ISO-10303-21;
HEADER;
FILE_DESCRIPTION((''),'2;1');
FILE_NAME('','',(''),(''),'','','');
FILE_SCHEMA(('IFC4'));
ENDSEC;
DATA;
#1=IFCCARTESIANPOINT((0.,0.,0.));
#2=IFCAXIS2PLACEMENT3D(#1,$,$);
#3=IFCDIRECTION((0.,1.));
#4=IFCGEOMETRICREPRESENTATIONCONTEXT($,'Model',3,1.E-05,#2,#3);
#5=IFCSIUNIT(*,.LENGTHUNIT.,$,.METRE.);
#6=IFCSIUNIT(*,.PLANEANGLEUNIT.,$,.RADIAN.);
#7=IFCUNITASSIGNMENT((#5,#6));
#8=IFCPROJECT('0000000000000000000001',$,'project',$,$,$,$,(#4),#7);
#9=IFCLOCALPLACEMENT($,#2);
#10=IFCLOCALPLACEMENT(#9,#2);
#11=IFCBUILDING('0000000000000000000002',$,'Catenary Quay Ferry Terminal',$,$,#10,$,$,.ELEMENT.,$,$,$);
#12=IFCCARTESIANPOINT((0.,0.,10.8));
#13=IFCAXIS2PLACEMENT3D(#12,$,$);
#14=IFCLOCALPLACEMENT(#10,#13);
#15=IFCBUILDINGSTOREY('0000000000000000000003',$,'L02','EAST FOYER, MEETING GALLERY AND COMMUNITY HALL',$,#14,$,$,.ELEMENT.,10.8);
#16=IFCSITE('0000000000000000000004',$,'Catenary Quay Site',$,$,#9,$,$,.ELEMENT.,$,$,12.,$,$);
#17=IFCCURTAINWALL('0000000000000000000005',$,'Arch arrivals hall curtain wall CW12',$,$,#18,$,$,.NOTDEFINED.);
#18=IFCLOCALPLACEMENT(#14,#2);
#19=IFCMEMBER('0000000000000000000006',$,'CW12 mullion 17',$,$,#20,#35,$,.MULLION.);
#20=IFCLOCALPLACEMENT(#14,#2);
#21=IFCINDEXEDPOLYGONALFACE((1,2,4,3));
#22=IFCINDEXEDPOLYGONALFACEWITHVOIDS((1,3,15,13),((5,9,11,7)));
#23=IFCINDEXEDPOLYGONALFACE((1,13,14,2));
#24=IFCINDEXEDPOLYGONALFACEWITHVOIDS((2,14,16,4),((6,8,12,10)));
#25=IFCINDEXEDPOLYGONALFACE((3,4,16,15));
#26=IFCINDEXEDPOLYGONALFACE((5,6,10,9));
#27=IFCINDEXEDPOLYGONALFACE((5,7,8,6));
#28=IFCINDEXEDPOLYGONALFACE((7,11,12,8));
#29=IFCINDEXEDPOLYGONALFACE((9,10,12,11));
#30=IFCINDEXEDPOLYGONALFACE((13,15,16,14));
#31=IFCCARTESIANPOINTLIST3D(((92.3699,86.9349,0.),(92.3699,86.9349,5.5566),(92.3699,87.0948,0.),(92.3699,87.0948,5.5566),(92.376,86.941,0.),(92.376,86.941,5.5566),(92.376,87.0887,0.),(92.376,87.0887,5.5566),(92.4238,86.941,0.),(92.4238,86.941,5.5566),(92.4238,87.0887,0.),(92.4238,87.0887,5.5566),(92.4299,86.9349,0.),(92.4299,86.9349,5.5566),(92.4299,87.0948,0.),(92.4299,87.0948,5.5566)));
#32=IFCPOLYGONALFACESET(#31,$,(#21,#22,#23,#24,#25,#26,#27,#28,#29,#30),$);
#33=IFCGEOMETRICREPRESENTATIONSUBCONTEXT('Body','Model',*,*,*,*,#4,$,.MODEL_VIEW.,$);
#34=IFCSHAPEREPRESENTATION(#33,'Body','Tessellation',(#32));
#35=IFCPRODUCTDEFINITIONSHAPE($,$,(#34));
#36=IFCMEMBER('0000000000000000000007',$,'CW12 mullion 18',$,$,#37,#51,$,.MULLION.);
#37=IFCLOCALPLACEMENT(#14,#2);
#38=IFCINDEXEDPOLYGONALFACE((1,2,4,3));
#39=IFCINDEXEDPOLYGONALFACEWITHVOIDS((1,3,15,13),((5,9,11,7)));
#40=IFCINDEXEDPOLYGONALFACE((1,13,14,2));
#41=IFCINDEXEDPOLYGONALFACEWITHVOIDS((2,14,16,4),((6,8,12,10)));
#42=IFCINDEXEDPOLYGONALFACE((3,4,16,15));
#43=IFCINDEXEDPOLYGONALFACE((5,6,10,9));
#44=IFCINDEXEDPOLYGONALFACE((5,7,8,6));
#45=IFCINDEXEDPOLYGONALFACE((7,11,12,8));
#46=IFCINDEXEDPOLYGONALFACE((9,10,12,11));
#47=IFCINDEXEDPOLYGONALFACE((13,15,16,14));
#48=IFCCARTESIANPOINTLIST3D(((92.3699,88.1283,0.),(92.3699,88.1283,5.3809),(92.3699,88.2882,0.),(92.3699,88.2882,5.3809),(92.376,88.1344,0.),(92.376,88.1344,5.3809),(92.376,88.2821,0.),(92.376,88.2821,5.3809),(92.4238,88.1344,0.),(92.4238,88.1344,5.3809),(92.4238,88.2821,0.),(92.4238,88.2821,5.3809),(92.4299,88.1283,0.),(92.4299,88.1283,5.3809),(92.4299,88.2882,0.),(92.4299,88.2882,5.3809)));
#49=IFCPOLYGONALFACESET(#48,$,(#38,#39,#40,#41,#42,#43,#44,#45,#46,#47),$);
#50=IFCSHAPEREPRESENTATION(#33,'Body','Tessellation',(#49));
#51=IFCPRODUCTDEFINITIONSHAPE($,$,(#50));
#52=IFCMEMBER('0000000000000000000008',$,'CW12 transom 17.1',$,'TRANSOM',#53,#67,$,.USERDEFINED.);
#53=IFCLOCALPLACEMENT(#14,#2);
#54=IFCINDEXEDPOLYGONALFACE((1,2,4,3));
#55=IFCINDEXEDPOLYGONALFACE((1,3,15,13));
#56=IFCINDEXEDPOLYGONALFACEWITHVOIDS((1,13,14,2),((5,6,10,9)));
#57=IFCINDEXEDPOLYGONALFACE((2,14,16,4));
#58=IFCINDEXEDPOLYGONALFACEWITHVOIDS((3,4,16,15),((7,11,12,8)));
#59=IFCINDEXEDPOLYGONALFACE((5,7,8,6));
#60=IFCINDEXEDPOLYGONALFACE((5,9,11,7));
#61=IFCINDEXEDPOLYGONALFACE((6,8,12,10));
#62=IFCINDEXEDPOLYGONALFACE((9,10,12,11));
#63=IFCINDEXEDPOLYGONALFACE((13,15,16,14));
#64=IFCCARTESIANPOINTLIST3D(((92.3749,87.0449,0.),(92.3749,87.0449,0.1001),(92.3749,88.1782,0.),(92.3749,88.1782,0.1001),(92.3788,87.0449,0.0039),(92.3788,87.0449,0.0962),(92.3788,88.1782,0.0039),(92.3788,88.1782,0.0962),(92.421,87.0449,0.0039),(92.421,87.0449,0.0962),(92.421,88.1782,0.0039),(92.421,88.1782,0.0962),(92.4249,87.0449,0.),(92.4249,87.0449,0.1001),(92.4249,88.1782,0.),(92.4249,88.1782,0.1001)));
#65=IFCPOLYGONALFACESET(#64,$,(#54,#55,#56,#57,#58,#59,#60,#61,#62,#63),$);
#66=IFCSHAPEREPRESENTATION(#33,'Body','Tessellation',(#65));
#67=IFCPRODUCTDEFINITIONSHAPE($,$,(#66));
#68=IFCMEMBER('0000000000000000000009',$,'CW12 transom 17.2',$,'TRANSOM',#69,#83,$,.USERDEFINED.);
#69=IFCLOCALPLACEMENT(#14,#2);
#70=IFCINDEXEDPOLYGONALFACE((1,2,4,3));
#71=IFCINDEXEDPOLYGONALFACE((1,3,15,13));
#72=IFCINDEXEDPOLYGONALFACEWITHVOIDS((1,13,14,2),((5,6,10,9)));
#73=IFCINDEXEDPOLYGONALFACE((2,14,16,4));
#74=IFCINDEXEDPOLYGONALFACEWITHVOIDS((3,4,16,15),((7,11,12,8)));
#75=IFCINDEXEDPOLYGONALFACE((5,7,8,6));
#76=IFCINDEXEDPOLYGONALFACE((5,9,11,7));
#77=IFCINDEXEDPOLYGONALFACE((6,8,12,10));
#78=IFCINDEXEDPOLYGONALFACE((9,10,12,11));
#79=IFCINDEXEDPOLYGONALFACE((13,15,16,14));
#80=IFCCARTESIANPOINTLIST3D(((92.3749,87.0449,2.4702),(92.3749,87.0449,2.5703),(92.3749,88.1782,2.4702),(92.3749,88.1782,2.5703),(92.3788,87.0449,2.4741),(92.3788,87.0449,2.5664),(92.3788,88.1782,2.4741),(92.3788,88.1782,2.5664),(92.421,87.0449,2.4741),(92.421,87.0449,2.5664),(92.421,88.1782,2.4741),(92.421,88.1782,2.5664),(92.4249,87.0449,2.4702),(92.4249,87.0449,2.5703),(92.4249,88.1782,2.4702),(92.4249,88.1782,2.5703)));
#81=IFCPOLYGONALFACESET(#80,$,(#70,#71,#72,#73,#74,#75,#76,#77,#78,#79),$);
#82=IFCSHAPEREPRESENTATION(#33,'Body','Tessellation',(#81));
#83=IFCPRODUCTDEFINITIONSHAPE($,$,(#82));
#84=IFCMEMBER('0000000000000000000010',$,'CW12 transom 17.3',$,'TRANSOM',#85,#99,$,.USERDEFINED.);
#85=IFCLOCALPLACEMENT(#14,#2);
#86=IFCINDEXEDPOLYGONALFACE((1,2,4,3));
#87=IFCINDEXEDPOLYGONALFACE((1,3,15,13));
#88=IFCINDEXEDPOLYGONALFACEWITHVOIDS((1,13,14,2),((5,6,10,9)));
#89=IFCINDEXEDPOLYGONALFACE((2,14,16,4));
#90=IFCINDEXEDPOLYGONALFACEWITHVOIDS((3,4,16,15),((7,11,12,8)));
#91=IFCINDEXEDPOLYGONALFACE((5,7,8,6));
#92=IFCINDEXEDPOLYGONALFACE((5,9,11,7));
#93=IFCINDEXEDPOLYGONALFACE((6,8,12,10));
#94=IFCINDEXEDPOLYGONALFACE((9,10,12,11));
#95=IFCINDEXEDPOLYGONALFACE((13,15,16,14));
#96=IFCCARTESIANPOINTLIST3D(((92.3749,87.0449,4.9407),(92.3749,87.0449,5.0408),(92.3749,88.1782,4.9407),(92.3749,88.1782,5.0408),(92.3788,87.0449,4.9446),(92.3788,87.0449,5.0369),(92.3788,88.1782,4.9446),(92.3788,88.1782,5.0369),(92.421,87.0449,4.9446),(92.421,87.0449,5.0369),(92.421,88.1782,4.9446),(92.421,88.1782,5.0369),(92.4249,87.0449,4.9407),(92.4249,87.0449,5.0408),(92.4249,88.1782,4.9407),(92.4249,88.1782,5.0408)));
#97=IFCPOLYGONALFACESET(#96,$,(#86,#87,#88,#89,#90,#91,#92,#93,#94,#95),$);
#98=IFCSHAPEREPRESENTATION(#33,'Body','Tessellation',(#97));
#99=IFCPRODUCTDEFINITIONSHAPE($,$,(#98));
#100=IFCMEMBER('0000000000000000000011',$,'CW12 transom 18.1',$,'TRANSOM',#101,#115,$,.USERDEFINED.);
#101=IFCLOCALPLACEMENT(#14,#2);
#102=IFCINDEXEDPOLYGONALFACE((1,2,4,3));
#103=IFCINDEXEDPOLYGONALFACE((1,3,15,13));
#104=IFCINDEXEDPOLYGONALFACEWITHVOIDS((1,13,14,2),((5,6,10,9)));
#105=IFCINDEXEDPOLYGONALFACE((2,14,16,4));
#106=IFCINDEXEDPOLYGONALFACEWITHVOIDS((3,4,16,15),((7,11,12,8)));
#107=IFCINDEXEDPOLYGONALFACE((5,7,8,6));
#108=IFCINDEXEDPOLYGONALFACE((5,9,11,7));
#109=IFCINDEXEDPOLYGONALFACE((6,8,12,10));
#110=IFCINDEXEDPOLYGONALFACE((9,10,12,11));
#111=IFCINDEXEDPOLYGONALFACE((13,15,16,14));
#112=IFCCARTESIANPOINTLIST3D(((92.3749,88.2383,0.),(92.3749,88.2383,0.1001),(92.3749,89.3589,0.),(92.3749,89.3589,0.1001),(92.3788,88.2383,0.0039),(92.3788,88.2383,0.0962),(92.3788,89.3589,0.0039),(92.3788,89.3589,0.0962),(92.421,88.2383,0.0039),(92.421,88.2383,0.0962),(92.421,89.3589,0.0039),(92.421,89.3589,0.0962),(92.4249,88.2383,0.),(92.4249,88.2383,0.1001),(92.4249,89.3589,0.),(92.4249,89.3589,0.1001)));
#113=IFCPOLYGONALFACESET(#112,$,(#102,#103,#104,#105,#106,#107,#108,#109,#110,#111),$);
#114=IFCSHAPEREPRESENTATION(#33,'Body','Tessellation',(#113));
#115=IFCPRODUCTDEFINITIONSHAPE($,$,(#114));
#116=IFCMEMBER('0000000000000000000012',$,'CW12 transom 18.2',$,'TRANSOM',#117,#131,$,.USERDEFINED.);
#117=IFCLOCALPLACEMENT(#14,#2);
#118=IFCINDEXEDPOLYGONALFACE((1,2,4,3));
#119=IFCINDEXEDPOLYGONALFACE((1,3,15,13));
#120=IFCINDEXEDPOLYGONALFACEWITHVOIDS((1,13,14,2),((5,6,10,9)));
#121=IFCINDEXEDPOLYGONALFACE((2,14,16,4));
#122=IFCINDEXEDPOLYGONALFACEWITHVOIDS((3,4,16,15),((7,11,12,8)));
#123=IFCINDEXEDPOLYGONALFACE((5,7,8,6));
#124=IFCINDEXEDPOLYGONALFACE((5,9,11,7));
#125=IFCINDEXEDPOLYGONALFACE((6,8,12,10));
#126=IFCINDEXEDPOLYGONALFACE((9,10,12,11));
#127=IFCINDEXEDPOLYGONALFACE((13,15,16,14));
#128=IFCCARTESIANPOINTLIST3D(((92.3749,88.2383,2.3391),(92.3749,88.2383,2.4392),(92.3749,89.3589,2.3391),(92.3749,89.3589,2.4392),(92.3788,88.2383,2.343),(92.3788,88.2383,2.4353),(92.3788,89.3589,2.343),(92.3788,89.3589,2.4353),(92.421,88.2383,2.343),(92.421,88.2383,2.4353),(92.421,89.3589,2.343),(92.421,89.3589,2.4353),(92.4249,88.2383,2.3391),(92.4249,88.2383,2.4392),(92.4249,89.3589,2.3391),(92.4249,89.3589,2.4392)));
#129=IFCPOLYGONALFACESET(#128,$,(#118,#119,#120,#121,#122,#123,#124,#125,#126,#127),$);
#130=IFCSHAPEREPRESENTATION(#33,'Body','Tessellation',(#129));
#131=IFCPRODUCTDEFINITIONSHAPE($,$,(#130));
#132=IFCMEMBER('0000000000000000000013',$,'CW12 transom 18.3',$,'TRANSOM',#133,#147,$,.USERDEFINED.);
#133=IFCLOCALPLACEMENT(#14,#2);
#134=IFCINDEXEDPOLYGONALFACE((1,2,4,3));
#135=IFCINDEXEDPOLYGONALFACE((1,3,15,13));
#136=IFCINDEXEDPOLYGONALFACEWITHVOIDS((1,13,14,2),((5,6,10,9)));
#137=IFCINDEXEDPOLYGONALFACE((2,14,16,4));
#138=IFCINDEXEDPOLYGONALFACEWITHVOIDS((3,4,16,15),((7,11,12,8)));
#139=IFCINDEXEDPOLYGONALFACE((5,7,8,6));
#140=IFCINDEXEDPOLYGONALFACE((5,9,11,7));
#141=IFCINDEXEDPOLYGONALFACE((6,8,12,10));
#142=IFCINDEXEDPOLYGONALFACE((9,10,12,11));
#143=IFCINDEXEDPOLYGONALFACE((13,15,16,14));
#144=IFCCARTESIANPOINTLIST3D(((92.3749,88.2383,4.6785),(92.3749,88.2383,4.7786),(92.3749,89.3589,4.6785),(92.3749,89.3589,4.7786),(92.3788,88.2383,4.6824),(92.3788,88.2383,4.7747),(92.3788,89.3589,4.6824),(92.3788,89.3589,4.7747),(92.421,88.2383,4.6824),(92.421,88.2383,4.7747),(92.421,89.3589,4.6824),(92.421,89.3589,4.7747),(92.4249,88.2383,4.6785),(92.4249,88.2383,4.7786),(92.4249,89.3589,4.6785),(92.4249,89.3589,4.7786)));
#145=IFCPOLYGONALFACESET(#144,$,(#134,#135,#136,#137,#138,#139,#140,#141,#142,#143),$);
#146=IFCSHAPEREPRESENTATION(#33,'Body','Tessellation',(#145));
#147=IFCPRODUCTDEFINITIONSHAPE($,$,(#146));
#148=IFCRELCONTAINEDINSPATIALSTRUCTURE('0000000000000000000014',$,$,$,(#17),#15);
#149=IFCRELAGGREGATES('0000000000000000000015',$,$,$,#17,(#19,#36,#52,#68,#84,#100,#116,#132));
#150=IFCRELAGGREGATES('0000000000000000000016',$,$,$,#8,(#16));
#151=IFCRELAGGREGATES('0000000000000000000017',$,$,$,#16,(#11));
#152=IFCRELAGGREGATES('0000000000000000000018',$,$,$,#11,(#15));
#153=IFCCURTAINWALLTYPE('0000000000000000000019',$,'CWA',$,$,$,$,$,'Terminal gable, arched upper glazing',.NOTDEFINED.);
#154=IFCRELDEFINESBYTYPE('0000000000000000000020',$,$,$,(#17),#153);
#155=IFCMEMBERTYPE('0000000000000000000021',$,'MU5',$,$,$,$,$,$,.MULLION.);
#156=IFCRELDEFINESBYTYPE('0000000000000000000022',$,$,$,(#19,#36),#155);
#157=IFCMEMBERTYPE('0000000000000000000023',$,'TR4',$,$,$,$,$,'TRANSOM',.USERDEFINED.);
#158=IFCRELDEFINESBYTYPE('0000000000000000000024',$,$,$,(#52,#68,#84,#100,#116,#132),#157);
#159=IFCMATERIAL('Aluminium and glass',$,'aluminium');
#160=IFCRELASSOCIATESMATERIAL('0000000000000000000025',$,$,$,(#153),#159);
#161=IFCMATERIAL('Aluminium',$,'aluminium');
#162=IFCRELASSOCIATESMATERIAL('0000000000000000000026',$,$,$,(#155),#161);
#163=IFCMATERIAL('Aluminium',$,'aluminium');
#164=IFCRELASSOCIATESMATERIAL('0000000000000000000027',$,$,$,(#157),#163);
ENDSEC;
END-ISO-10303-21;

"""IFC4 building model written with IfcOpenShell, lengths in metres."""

from ifc_helpers import new_model, si_unit, direction, frame, origin, origin_2d, place, context, subcontext, project, spatial, hollow_rectangle, extrude, material, material_profile, profile_set, type_object, element, aggregate, save


model = new_model("IFC4")

# Units and contexts
model_context = context("Model", 3, precision=1e-05, world=origin(), true_north=direction((0.0, 1.0)))
body_context = subcontext(model_context, "Body", "Model", "MODEL_VIEW")
ifc_project = project(units=[si_unit("LENGTHUNIT", "METRE"), si_unit("PLANEANGLEUNIT", "RADIAN")], contexts=[model_context])

# Site, building, storey
site_placement = place(None, origin())
site = spatial("IfcSite", under=ifc_project, at=site_placement, Name="Catenary Quay Site", CompositionType="ELEMENT", RefElevation=12.0)
building_placement = place(site_placement, origin())
building = spatial("IfcBuilding", under=site, at=building_placement, Name="Catenary Quay Ferry Terminal", CompositionType="ELEMENT")
storey_placement = place(building_placement, frame((0.0, 0.0, 10.8)))
storey = spatial("IfcBuildingStorey", under=building, at=storey_placement, Name="L02", Description="EAST FOYER, MEETING GALLERY AND COMMUNITY HALL", CompositionType="ELEMENT", Elevation=10.8)

# Curtain wall, members
ifc_material_1 = material(Name="Aluminium and glass", Category="aluminium")
curtain_wall_type = type_object("IfcCurtainWallType", Name="CWA", ElementType="Terminal gable, arched upper glazing", PredefinedType="NOTDEFINED", material=ifc_material_1)
curtain_wall_placement = place(storey_placement, origin())
curtain_wall = element("IfcCurtainWall", 1, at=curtain_wall_placement, inside=storey, type_object=curtain_wall_type, Name="Arch arrivals hall curtain wall CW12", PredefinedType="NOTDEFINED")
ifc_material_2 = material(Name="Aluminium", Category="aluminium")
ifc_material_profile_1 = material_profile(ifc_material_2, hollow_rectangle(XDim=0.0601, YDim=0.1599, WallThickness=0.0061, at=origin_2d()), Name="MU5")
ifc_profile_set_1 = profile_set([ifc_material_profile_1], Name="Aluminium")
member_type_1 = type_object("IfcMemberType", Name="MU5", PredefinedType="MULLION", material=ifc_profile_set_1)
member_1_placement = place(storey_placement, frame((92.3999, 87.0149, 0.0), z_axis=(0.0, 0.0, 1.0), x_axis=(-1.0, 0.0, 0.0)))
member_1 = element("IfcMember", 2, at=member_1_placement, type_object=member_type_1, Name="CW12 mullion 17", PredefinedType="MULLION", context=body_context, shape_type="SweptSolid", body=[
    extrude(hollow_rectangle(XDim=0.0601, YDim=0.1599, WallThickness=0.0061, at=origin_2d()), origin(), (0.0, 0.0, 1.0), 5.5566),
])
member_2_placement = place(storey_placement, frame((92.3999, 88.2083, 0.0), z_axis=(0.0, 0.0, 1.0), x_axis=(-1.0, 0.0, 0.0)))
member_2 = element("IfcMember", 3, at=member_2_placement, type_object=member_type_1, Name="CW12 mullion 18", PredefinedType="MULLION", context=body_context, shape_type="SweptSolid", body=[
    extrude(hollow_rectangle(XDim=0.0601, YDim=0.1599, WallThickness=0.0061, at=origin_2d()), origin(), (0.0, 0.0, 1.0), 5.3809),
])
ifc_material_3 = material(Name="Aluminium", Category="aluminium")
ifc_material_profile_2 = material_profile(ifc_material_3, hollow_rectangle(XDim=0.05, YDim=0.1001, WallThickness=0.0039, at=origin_2d()), Name="TR4")
ifc_profile_set_2 = profile_set([ifc_material_profile_2], Name="Aluminium")
member_type_2 = type_object("IfcMemberType", Name="TR4", ElementType="TRANSOM", PredefinedType="USERDEFINED", material=ifc_profile_set_2)
member_3_placement = place(storey_placement, frame((92.3999, 87.0449, 0.05), z_axis=(0.0, 1.0, 0.0), x_axis=(-1.0, 0.0, 0.0)))
member_3 = element("IfcMember", 4, at=member_3_placement, type_object=member_type_2, Name="CW12 transom 17.1", ObjectType="TRANSOM", PredefinedType="USERDEFINED", context=body_context, shape_type="SweptSolid", body=[
    extrude(hollow_rectangle(XDim=0.05, YDim=0.1001, WallThickness=0.0039, at=origin_2d()), origin(), (0.0, 0.0, 1.0), 1.1333),
])
member_4_placement = place(storey_placement, frame((92.3999, 87.0449, 2.5203), z_axis=(0.0, 1.0, 0.0), x_axis=(-1.0, 0.0, 0.0)))
member_4 = element("IfcMember", 5, at=member_4_placement, type_object=member_type_2, Name="CW12 transom 17.2", ObjectType="TRANSOM", PredefinedType="USERDEFINED", context=body_context, shape_type="SweptSolid", body=[
    extrude(hollow_rectangle(XDim=0.05, YDim=0.1001, WallThickness=0.0039, at=origin_2d()), origin(), (0.0, 0.0, 1.0), 1.1333),
])
member_5_placement = place(storey_placement, frame((92.3999, 87.0449, 4.9907), z_axis=(0.0, 1.0, 0.0), x_axis=(-1.0, 0.0, 0.0)))
member_5 = element("IfcMember", 6, at=member_5_placement, type_object=member_type_2, Name="CW12 transom 17.3", ObjectType="TRANSOM", PredefinedType="USERDEFINED", context=body_context, shape_type="SweptSolid", body=[
    extrude(hollow_rectangle(XDim=0.05, YDim=0.1001, WallThickness=0.0039, at=origin_2d()), origin(), (0.0, 0.0, 1.0), 1.1333),
])
member_6_placement = place(storey_placement, frame((92.3999, 88.2383, 0.05), z_axis=(0.0, 1.0, 0.0), x_axis=(-1.0, 0.0, 0.0)))
member_6 = element("IfcMember", 7, at=member_6_placement, type_object=member_type_2, Name="CW12 transom 18.1", ObjectType="TRANSOM", PredefinedType="USERDEFINED", context=body_context, shape_type="SweptSolid", body=[
    extrude(hollow_rectangle(XDim=0.05, YDim=0.1001, WallThickness=0.0039, at=origin_2d()), origin(), (0.0, 0.0, 1.0), 1.1206),
])
member_7_placement = place(storey_placement, frame((92.3999, 88.2383, 2.3892), z_axis=(0.0, 1.0, 0.0), x_axis=(-1.0, 0.0, 0.0)))
member_7 = element("IfcMember", 8, at=member_7_placement, type_object=member_type_2, Name="CW12 transom 18.2", ObjectType="TRANSOM", PredefinedType="USERDEFINED", context=body_context, shape_type="SweptSolid", body=[
    extrude(hollow_rectangle(XDim=0.05, YDim=0.1001, WallThickness=0.0039, at=origin_2d()), origin(), (0.0, 0.0, 1.0), 1.1206),
])
member_8_placement = place(storey_placement, frame((92.3999, 88.2383, 4.7285), z_axis=(0.0, 1.0, 0.0), x_axis=(-1.0, 0.0, 0.0)))
member_8 = element("IfcMember", 9, at=member_8_placement, type_object=member_type_2, Name="CW12 transom 18.3", ObjectType="TRANSOM", PredefinedType="USERDEFINED", context=body_context, shape_type="SweptSolid", body=[
    extrude(hollow_rectangle(XDim=0.05, YDim=0.1001, WallThickness=0.0039, at=origin_2d()), origin(), (0.0, 0.0, 1.0), 1.1206),
])

aggregate(curtain_wall, [member_1, member_2, member_3, member_4, member_5, member_6, member_7, member_8])

save(model, "model.ifc")
